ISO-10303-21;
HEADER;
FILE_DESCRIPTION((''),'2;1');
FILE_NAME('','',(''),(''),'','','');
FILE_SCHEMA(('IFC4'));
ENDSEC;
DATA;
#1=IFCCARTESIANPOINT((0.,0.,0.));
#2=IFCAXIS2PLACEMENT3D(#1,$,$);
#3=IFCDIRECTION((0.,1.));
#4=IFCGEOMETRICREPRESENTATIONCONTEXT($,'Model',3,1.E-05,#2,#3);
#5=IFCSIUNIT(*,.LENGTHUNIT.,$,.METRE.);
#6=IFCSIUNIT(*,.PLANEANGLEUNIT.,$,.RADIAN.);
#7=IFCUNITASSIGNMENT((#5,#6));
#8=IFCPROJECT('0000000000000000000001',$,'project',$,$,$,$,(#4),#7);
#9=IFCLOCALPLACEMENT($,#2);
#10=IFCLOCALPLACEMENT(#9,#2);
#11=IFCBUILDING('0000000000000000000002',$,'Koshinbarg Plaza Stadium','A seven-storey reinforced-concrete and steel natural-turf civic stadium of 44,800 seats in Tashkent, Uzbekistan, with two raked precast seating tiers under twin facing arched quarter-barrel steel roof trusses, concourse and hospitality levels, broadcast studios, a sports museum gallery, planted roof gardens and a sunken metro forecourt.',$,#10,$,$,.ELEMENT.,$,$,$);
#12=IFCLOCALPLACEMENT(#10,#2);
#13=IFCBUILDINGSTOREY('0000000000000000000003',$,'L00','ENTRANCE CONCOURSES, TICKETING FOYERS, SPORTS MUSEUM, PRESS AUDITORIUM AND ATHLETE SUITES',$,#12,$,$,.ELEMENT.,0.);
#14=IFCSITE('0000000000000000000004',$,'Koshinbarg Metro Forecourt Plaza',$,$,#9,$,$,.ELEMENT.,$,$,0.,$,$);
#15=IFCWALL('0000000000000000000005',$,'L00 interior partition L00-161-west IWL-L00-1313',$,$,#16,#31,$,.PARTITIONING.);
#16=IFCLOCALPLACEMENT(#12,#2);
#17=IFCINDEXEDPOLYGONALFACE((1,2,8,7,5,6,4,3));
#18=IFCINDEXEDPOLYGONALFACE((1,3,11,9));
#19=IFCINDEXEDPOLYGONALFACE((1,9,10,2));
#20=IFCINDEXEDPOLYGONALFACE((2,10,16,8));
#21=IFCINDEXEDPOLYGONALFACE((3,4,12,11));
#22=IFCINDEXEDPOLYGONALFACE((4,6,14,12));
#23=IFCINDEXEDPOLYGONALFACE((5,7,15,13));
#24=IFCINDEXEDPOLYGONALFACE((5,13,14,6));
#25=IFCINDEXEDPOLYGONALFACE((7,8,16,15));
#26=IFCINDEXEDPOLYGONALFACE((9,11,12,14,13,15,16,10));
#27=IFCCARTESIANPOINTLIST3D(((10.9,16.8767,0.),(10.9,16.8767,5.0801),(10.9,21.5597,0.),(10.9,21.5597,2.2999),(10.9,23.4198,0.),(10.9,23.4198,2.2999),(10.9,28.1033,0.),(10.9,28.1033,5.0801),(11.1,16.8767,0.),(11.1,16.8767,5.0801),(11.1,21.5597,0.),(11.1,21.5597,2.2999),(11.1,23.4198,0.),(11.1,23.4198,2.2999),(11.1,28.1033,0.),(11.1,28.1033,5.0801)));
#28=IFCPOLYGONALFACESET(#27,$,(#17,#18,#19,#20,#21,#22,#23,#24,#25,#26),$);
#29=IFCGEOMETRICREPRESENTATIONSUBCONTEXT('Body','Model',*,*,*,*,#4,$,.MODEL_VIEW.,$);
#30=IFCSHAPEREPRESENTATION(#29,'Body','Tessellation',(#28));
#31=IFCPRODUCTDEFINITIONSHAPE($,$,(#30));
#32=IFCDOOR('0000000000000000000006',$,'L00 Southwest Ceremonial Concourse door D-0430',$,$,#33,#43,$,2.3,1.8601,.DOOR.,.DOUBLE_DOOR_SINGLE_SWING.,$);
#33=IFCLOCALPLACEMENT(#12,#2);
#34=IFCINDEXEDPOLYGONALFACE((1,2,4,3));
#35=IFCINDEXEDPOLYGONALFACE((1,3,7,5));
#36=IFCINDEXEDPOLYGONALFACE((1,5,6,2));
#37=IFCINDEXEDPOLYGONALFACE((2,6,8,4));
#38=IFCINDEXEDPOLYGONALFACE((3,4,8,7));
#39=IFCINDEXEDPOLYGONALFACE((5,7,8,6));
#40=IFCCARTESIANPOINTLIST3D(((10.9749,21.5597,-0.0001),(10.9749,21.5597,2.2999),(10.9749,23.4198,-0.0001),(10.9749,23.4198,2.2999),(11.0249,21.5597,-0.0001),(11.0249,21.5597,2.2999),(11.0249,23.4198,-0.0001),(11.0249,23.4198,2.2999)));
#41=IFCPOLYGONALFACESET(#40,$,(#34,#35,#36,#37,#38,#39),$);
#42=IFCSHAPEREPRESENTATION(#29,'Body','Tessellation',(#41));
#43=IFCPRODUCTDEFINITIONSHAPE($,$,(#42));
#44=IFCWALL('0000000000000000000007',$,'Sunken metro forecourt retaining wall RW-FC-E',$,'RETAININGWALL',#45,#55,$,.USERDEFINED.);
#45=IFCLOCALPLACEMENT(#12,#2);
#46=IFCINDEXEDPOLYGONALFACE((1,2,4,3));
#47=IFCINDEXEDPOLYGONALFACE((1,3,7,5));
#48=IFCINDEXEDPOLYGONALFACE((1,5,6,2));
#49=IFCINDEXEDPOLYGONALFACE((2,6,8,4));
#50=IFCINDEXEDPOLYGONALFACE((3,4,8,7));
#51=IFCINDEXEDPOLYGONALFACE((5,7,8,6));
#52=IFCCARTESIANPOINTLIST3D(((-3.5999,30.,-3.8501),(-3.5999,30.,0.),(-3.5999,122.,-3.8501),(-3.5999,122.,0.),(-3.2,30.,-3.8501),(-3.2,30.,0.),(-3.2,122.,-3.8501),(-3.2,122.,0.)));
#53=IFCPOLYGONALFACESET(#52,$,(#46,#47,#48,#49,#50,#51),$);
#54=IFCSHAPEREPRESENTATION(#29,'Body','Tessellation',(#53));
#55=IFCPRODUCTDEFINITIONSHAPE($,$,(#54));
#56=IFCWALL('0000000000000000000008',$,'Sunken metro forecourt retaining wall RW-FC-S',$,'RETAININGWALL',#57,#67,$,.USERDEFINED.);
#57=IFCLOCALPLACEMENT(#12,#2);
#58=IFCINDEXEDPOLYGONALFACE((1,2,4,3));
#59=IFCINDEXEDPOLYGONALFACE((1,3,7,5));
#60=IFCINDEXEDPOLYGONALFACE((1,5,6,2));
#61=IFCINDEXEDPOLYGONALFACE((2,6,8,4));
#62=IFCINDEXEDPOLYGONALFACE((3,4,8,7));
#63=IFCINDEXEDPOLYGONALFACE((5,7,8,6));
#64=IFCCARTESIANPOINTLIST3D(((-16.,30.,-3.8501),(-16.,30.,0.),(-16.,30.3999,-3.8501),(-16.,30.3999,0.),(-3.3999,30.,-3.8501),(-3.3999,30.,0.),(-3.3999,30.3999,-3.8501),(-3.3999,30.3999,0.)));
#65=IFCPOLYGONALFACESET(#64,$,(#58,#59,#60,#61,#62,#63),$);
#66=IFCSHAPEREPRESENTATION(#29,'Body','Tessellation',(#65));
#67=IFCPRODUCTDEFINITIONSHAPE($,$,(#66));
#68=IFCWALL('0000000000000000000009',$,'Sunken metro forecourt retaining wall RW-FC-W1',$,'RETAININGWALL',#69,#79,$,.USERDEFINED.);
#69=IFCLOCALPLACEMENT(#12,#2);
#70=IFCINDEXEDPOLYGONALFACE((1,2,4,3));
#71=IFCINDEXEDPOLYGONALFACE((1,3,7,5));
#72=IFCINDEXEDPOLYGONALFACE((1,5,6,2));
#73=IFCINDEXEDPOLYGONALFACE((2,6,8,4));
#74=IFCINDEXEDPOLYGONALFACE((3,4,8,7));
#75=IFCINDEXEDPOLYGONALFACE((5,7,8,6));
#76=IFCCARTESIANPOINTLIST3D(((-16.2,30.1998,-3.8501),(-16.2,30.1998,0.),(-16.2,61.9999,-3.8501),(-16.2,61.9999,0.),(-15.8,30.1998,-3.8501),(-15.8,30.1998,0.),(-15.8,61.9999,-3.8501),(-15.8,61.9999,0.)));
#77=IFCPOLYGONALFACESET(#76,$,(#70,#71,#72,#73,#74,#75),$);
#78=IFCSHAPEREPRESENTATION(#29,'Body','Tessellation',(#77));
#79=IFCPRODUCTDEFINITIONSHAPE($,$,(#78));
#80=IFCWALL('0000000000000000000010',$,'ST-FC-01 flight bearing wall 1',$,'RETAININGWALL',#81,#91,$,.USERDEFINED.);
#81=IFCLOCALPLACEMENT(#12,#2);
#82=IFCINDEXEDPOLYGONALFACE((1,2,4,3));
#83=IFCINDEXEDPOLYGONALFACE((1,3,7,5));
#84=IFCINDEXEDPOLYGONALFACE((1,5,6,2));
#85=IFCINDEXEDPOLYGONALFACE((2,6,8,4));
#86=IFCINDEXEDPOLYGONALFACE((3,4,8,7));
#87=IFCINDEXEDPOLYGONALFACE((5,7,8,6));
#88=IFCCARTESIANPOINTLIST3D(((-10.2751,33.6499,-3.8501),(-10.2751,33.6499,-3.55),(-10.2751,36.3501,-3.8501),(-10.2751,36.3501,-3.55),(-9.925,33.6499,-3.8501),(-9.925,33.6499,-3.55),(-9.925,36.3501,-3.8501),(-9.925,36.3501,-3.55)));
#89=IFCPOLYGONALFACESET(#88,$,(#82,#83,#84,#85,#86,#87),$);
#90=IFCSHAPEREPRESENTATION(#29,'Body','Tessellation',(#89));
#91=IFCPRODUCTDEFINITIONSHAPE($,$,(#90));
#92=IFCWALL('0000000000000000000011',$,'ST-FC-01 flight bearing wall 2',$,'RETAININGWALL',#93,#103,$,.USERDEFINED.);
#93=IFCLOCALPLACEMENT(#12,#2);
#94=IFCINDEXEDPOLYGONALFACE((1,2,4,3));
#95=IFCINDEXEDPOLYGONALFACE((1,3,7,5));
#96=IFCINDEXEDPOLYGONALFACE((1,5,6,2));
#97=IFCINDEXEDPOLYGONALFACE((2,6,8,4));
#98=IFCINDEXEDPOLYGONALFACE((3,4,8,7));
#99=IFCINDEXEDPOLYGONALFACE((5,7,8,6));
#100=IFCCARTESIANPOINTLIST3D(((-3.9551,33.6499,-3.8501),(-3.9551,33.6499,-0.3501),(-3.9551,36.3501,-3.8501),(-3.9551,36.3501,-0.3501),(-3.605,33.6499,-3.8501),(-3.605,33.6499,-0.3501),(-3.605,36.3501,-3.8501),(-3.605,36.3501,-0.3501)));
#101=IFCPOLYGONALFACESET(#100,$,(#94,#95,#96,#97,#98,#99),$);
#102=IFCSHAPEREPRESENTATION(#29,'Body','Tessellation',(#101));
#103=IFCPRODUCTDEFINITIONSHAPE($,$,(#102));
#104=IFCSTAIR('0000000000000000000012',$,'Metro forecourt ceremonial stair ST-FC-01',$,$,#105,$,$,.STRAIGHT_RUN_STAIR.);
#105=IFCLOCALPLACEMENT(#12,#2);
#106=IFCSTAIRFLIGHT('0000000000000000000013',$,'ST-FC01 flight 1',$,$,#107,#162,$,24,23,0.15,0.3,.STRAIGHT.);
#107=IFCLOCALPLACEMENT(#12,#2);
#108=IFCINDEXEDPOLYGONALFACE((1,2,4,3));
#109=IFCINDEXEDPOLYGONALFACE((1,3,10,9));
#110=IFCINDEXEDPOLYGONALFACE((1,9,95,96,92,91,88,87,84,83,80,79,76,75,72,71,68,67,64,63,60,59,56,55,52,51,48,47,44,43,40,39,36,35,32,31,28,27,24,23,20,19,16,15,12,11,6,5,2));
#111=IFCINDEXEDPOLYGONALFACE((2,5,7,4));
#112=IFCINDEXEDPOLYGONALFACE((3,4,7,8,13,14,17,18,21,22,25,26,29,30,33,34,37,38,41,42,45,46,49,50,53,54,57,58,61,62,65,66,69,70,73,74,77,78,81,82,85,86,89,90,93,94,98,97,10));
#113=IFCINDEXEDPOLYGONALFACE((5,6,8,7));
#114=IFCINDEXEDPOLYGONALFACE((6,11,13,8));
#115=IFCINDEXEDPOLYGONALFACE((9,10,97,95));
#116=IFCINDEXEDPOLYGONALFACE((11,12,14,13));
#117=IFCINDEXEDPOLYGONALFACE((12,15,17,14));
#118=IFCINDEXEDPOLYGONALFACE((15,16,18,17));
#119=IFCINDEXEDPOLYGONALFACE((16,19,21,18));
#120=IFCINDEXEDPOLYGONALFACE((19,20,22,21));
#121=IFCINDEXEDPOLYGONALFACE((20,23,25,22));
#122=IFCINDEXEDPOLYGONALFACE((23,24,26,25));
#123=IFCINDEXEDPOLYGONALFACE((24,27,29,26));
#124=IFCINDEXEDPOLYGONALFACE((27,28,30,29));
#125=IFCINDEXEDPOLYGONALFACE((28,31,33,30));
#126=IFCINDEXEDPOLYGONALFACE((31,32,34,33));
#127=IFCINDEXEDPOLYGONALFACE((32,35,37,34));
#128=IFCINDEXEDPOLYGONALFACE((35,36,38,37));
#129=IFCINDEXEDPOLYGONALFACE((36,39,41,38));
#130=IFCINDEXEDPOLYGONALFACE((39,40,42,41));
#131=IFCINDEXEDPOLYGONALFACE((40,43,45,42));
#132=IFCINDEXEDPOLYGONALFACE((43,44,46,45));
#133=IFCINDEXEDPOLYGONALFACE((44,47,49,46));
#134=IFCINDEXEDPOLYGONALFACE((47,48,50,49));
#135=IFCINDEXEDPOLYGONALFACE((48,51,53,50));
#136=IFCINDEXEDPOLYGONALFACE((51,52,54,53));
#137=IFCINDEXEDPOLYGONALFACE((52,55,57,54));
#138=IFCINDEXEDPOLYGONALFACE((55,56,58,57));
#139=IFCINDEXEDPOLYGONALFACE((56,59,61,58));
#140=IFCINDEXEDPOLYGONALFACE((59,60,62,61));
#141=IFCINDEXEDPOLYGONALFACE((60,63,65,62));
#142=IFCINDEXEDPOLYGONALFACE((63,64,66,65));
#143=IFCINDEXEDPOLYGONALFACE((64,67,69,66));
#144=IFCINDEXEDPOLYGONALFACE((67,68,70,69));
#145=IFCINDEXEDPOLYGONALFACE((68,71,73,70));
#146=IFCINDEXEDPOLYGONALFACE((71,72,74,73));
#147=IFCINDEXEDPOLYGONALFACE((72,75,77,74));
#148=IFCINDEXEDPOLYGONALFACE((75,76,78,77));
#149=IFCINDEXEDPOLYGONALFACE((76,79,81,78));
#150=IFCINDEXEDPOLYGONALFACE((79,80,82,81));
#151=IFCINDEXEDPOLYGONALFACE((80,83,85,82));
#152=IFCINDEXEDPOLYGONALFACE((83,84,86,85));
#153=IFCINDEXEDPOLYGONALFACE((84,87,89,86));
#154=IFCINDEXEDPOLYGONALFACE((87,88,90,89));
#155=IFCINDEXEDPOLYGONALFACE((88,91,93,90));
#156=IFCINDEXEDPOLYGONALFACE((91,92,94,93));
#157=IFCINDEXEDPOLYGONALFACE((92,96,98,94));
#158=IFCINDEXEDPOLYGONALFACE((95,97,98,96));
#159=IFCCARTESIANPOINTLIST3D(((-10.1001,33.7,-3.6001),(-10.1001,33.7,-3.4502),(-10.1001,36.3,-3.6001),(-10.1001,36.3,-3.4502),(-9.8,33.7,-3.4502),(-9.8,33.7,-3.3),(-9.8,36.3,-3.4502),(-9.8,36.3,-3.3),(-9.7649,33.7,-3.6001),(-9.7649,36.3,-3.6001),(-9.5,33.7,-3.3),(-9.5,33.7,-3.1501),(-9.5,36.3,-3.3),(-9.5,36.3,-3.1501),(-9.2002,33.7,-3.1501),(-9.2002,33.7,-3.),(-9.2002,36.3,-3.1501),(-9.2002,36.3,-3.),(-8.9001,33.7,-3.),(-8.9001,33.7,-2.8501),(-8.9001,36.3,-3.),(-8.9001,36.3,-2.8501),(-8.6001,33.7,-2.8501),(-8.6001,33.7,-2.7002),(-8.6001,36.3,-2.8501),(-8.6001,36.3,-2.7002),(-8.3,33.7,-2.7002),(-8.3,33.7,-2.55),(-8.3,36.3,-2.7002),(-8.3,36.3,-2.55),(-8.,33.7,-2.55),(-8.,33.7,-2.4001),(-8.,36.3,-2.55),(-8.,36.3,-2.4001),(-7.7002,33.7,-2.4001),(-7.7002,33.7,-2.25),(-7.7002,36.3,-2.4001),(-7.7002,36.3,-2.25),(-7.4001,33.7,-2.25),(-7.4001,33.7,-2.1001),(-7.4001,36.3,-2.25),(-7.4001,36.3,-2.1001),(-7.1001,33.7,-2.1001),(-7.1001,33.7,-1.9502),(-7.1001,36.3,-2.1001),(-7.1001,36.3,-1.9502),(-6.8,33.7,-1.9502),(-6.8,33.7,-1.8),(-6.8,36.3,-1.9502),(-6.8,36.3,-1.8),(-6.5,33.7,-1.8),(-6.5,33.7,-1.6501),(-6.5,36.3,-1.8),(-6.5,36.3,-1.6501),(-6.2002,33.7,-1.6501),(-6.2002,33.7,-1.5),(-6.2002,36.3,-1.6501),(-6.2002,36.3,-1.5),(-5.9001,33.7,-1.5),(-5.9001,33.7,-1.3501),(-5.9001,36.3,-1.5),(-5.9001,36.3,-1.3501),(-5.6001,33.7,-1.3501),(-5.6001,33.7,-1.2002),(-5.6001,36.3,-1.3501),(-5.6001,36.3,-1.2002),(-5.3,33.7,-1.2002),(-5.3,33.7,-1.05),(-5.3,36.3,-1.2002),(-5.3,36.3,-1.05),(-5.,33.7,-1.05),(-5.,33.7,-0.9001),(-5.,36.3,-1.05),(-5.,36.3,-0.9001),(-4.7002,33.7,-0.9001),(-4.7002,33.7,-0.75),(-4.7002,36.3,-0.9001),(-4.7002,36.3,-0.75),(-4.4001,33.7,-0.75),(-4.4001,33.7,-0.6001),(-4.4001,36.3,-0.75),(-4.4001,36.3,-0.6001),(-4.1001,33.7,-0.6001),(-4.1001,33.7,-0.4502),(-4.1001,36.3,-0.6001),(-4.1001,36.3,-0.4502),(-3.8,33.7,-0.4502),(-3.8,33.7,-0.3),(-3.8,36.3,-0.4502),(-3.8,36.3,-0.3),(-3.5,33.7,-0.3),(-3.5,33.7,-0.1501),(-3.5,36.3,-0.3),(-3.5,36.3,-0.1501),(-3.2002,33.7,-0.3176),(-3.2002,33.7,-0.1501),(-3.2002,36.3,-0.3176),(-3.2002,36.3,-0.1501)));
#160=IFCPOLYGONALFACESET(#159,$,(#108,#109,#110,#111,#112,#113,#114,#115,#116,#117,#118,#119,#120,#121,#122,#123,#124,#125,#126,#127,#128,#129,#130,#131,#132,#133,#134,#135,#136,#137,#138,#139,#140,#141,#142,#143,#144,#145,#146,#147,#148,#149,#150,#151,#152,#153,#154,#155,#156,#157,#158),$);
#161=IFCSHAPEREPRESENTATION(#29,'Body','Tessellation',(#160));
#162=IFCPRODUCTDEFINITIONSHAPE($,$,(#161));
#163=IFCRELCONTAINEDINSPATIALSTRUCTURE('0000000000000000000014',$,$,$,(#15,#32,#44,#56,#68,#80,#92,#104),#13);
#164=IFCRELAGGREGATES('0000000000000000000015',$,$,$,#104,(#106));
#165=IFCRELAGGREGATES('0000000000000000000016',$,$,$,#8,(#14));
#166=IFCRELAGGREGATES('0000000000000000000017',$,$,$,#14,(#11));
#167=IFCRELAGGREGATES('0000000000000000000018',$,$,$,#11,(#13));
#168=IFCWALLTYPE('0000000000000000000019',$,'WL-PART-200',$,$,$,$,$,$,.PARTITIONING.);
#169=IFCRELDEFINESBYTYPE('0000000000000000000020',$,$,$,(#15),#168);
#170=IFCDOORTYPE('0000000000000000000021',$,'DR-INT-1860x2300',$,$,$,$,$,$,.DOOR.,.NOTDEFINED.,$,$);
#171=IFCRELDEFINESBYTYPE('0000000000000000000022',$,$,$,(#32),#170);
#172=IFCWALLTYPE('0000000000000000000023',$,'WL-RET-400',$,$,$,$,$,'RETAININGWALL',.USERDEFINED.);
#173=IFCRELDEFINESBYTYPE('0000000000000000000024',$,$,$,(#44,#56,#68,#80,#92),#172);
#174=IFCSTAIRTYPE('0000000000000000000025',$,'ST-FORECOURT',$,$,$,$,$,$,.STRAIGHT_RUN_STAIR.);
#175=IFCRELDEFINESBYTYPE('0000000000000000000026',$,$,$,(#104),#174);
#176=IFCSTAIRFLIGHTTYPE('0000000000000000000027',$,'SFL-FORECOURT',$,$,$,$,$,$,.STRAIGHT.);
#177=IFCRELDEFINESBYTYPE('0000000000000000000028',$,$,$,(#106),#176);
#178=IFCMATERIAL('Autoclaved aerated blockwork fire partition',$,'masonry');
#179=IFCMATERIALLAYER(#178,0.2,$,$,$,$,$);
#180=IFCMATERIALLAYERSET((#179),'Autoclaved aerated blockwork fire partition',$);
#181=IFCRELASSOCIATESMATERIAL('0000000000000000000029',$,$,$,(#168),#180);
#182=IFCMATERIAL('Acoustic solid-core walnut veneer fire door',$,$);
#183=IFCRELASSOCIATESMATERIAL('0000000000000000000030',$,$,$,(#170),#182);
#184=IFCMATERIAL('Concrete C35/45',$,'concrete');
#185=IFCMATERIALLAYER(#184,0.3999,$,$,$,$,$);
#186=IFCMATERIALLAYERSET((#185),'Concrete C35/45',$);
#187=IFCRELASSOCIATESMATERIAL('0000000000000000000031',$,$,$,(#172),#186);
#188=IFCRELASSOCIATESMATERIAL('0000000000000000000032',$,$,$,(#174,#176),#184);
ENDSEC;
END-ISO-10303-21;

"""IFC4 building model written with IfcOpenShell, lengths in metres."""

from ifc_helpers import new_model, si_unit, direction, frame, frame_2d, origin, place, context, subcontext, project, spatial, polyline, rectangle, outline, extrude, material, layer, layer_set, type_object, element, fill, aggregate, save


model = new_model("IFC4")

# Units and contexts
model_context = context("Model", 3, precision=1e-05, world=origin(), true_north=direction((0.0, 1.0)))
body_context = subcontext(model_context, "Body", "Model", "MODEL_VIEW")
ifc_project = project(units=[si_unit("LENGTHUNIT", "METRE"), si_unit("PLANEANGLEUNIT", "RADIAN")], contexts=[model_context])

# Site, building, storey
site_placement = place(None, origin())
site = spatial("IfcSite", under=ifc_project, at=site_placement, Name="Koshinbarg Metro Forecourt Plaza", CompositionType="ELEMENT", RefElevation=0.0)
building_placement = place(site_placement, origin())
building = spatial("IfcBuilding", under=site, at=building_placement, Name="Koshinbarg Plaza Stadium", Description="A seven-storey reinforced-concrete and steel natural-turf civic stadium of 44,800 seats in Tashkent, Uzbekistan, with two raked precast seating tiers under twin facing arched quarter-barrel steel roof trusses, concourse and hospitality levels, broadcast studios, a sports museum gallery, planted roof gardens and a sunken metro forecourt.", CompositionType="ELEMENT")
storey_placement = place(building_placement, origin())
storey = spatial("IfcBuildingStorey", under=building, at=storey_placement, Name="L00", Description="ENTRANCE CONCOURSES, TICKETING FOYERS, SPORTS MUSEUM, PRESS AUDITORIUM AND ATHLETE SUITES", CompositionType="ELEMENT", Elevation=0.0)

# Shared definitions
ifc_material_1 = material(Name="Concrete C35/45", Category="concrete")

# Shared definitions
ifc_material_2 = material(Name="Autoclaved aerated blockwork fire partition", Category="masonry")
ifc_layer_1 = layer(ifc_material_2, 0.2)
ifc_layer_set_1 = layer_set([ifc_layer_1], Name="Autoclaved aerated blockwork fire partition")
wall_type_1 = type_object("IfcWallType", Name="WL-PART-200", PredefinedType="PARTITIONING", material=ifc_layer_set_1)

# Wall, opening, door
wall_1_placement = place(storey_placement, frame((11.0, 28.1033, 0.0), z_axis=(0.0, 0.0, 1.0), x_axis=(0.0, -1.0, 0.0)))
wall_1 = element("IfcWall", 1, at=wall_1_placement, inside=storey, type_object=wall_type_1, Name="L00 interior partition L00-161-west IWL-L00-1313", PredefinedType="PARTITIONING", context=body_context, shape_type="SweptSolid", body=[
    extrude(rectangle(XDim=11.2266, YDim=0.2, at=frame_2d((5.6133, 0.0))), origin(), (0.0, 0.0, 1.0), 5.0801),
])
opening_1_placement = place(wall_1_placement, frame((4.6833, 0.0, 0.0)))
opening_1 = element("IfcOpeningElement", 2, at=opening_1_placement, cuts=wall_1, PredefinedType="OPENING", context=body_context, shape_type="SweptSolid", body=[
    extrude(rectangle(XDim=1.8601, YDim=2.3, at=frame_2d((0.9302, 1.1499))), frame((0.0, 0.1099, 0.0), z_axis=(0.0, -1.0, 0.0), x_axis=(1.0, 0.0, 0.0)), (0.0, 0.0, 1.0), 0.22),
])
ifc_material_3 = material(Name="Acoustic solid-core walnut veneer fire door")
door_type_1 = type_object("IfcDoorType", Name="DR-INT-1860x2300", OperationType="NOTDEFINED", PredefinedType="DOOR", material=ifc_material_3)
door_1_placement = place(opening_1_placement, origin())
door_1 = element("IfcDoor", 3, at=door_1_placement, inside=storey, type_object=door_type_1, Name="L00 Southwest Ceremonial Concourse door D-0430", OperationType="DOUBLE_DOOR_SINGLE_SWING", OverallHeight=2.3, OverallWidth=1.8601, PredefinedType="DOOR", context=body_context, shape_type="SweptSolid", body=[
    extrude(rectangle(XDim=1.8601, YDim=2.3, at=frame_2d((0.9302, 1.1499))), frame((0.0, 0.0249, 0.0), z_axis=(0.0, -1.0, 0.0), x_axis=(1.0, 0.0, 0.0)), (0.0, 0.0, 1.0), 0.05),
])
fill(opening_1, door_1)

# Walls
ifc_layer_2 = layer(ifc_material_1, 0.3999)
ifc_layer_set_2 = layer_set([ifc_layer_2], Name="Concrete C35/45")
wall_type_2 = type_object("IfcWallType", Name="WL-RET-400", ElementType="RETAININGWALL", PredefinedType="USERDEFINED", material=ifc_layer_set_2)
wall_2_placement = place(storey_placement, frame((-3.3999, 30.0, -3.8501), z_axis=(0.0, 0.0, 1.0), x_axis=(0.0, 1.0, 0.0)))
element("IfcWall", 4, at=wall_2_placement, inside=storey, type_object=wall_type_2, Name="Sunken metro forecourt retaining wall RW-FC-E", ObjectType="RETAININGWALL", PredefinedType="USERDEFINED", context=body_context, shape_type="SweptSolid", body=[
    extrude(rectangle(XDim=92.0, YDim=0.3999, at=frame_2d((46.0, 0.0))), origin(), (0.0, 0.0, 1.0), 3.8501),
])
wall_3_placement = place(storey_placement, frame((-16.0, 30.2, -3.8501), z_axis=(0.0, 0.0, 1.0), x_axis=(1.0, 0.0, 0.0)))
element("IfcWall", 5, at=wall_3_placement, inside=storey, type_object=wall_type_2, Name="Sunken metro forecourt retaining wall RW-FC-S", ObjectType="RETAININGWALL", PredefinedType="USERDEFINED", context=body_context, shape_type="SweptSolid", body=[
    extrude(rectangle(XDim=12.6001, YDim=0.3999, at=frame_2d((6.3, 0.0))), origin(), (0.0, 0.0, 1.0), 3.8501),
])
wall_4_placement = place(storey_placement, frame((-16.0, 30.2, -3.8501), z_axis=(0.0, 0.0, 1.0), x_axis=(0.0, 1.0, 0.0)))
element("IfcWall", 6, at=wall_4_placement, inside=storey, type_object=wall_type_2, Name="Sunken metro forecourt retaining wall RW-FC-W1", ObjectType="RETAININGWALL", PredefinedType="USERDEFINED", context=body_context, shape_type="SweptSolid", body=[
    extrude(rectangle(XDim=31.8, YDim=0.3999, at=frame_2d((15.8999, 0.0))), origin(), (0.0, 0.0, 1.0), 3.8501),
])
wall_5_placement = place(storey_placement, frame((-10.1001, 33.6499, -3.8501), z_axis=(0.0, 0.0, 1.0), x_axis=(0.0, 1.0, 0.0)))
element("IfcWall", 7, at=wall_5_placement, inside=storey, type_object=wall_type_2, Name="ST-FC-01 flight bearing wall 1", ObjectType="RETAININGWALL", PredefinedType="USERDEFINED", context=body_context, shape_type="SweptSolid", body=[
    extrude(rectangle(XDim=2.7002, YDim=0.3501, at=frame_2d((1.3501, 0.0))), origin(), (0.0, 0.0, 1.0), 0.3),
])
wall_6_placement = place(storey_placement, frame((-3.78, 33.6499, -3.8501), z_axis=(0.0, 0.0, 1.0), x_axis=(0.0, 1.0, 0.0)))
element("IfcWall", 8, at=wall_6_placement, inside=storey, type_object=wall_type_2, Name="ST-FC-01 flight bearing wall 2", ObjectType="RETAININGWALL", PredefinedType="USERDEFINED", context=body_context, shape_type="SweptSolid", body=[
    extrude(rectangle(XDim=2.7002, YDim=0.3501, at=frame_2d((1.3501, 0.0))), origin(), (0.0, 0.0, 1.0), 3.5),
])

# Stair, stair flight
stair_type = type_object("IfcStairType", Name="ST-FORECOURT", PredefinedType="STRAIGHT_RUN_STAIR", material=ifc_material_1)
stair_placement = place(storey_placement, origin())
stair = element("IfcStair", 9, at=stair_placement, inside=storey, type_object=stair_type, Name="Metro forecourt ceremonial stair ST-FC-01", PredefinedType="STRAIGHT_RUN_STAIR")
stair_flight_type = type_object("IfcStairFlightType", Name="SFL-FORECOURT", PredefinedType="STRAIGHT", material=ifc_material_1)
stair_flight_placement = place(storey_placement, frame((-10.1001, 35.0, -3.6001), z_axis=(0.0, 0.0, 1.0), x_axis=(1.0, 0.0, 0.0)))
stair_flight = element("IfcStairFlight", 10, at=stair_flight_placement, type_object=stair_flight_type, Name="ST-FC01 flight 1", NumberOfRisers=24, NumberOfTreads=23, PredefinedType="STRAIGHT", RiserHeight=0.15, TreadLength=0.3, context=body_context, shape_type="SweptSolid", body=[
    extrude(outline(polyline([(0.0, 0.0), (0.0, 0.1499), (0.3, 0.1499), (0.3, 0.3), (0.6001, 0.3), (0.6001, 0.45), (0.8999, 0.45), (0.8999, 0.6001), (1.2, 0.6001), (1.2, 0.75), (1.5, 0.75), (1.5, 0.8999), (1.8, 0.8999), (1.8, 1.05), (2.1001, 1.05), (2.1001, 1.2), (2.3999, 1.2), (2.3999, 1.3501), (2.7, 1.3501), (2.7, 1.5), (3.0, 1.5), (3.0, 1.6499), (3.3, 1.6499), (3.3, 1.8), (3.6001, 1.8), (3.6001, 1.95), (3.8999, 1.95), (3.8999, 2.1001), (4.2, 2.1001), (4.2, 2.25), (4.5, 2.25), (4.5, 2.3999), (4.8, 2.3999), (4.8, 2.55), (5.1001, 2.55), (5.1001, 2.7), (5.3999, 2.7), (5.3999, 2.8501), (5.7, 2.8501), (5.7, 3.0), (6.0, 3.0), (6.0, 3.1499), (6.3, 3.1499), (6.3, 3.3), (6.6001, 3.3), (6.6001, 3.45), (6.8999, 3.45), (6.8999, 3.6001), (6.8999, 3.2825), (0.3352, 0.0), (0.0, 0.0)])), frame((0.0, 1.3, 0.0), z_axis=(0.0, -1.0, 0.0), x_axis=(1.0, 0.0, 0.0)), (0.0, 0.0, 1.0), 2.6001),
])
aggregate(stair, [stair_flight])

save(model, "model.ifc")
